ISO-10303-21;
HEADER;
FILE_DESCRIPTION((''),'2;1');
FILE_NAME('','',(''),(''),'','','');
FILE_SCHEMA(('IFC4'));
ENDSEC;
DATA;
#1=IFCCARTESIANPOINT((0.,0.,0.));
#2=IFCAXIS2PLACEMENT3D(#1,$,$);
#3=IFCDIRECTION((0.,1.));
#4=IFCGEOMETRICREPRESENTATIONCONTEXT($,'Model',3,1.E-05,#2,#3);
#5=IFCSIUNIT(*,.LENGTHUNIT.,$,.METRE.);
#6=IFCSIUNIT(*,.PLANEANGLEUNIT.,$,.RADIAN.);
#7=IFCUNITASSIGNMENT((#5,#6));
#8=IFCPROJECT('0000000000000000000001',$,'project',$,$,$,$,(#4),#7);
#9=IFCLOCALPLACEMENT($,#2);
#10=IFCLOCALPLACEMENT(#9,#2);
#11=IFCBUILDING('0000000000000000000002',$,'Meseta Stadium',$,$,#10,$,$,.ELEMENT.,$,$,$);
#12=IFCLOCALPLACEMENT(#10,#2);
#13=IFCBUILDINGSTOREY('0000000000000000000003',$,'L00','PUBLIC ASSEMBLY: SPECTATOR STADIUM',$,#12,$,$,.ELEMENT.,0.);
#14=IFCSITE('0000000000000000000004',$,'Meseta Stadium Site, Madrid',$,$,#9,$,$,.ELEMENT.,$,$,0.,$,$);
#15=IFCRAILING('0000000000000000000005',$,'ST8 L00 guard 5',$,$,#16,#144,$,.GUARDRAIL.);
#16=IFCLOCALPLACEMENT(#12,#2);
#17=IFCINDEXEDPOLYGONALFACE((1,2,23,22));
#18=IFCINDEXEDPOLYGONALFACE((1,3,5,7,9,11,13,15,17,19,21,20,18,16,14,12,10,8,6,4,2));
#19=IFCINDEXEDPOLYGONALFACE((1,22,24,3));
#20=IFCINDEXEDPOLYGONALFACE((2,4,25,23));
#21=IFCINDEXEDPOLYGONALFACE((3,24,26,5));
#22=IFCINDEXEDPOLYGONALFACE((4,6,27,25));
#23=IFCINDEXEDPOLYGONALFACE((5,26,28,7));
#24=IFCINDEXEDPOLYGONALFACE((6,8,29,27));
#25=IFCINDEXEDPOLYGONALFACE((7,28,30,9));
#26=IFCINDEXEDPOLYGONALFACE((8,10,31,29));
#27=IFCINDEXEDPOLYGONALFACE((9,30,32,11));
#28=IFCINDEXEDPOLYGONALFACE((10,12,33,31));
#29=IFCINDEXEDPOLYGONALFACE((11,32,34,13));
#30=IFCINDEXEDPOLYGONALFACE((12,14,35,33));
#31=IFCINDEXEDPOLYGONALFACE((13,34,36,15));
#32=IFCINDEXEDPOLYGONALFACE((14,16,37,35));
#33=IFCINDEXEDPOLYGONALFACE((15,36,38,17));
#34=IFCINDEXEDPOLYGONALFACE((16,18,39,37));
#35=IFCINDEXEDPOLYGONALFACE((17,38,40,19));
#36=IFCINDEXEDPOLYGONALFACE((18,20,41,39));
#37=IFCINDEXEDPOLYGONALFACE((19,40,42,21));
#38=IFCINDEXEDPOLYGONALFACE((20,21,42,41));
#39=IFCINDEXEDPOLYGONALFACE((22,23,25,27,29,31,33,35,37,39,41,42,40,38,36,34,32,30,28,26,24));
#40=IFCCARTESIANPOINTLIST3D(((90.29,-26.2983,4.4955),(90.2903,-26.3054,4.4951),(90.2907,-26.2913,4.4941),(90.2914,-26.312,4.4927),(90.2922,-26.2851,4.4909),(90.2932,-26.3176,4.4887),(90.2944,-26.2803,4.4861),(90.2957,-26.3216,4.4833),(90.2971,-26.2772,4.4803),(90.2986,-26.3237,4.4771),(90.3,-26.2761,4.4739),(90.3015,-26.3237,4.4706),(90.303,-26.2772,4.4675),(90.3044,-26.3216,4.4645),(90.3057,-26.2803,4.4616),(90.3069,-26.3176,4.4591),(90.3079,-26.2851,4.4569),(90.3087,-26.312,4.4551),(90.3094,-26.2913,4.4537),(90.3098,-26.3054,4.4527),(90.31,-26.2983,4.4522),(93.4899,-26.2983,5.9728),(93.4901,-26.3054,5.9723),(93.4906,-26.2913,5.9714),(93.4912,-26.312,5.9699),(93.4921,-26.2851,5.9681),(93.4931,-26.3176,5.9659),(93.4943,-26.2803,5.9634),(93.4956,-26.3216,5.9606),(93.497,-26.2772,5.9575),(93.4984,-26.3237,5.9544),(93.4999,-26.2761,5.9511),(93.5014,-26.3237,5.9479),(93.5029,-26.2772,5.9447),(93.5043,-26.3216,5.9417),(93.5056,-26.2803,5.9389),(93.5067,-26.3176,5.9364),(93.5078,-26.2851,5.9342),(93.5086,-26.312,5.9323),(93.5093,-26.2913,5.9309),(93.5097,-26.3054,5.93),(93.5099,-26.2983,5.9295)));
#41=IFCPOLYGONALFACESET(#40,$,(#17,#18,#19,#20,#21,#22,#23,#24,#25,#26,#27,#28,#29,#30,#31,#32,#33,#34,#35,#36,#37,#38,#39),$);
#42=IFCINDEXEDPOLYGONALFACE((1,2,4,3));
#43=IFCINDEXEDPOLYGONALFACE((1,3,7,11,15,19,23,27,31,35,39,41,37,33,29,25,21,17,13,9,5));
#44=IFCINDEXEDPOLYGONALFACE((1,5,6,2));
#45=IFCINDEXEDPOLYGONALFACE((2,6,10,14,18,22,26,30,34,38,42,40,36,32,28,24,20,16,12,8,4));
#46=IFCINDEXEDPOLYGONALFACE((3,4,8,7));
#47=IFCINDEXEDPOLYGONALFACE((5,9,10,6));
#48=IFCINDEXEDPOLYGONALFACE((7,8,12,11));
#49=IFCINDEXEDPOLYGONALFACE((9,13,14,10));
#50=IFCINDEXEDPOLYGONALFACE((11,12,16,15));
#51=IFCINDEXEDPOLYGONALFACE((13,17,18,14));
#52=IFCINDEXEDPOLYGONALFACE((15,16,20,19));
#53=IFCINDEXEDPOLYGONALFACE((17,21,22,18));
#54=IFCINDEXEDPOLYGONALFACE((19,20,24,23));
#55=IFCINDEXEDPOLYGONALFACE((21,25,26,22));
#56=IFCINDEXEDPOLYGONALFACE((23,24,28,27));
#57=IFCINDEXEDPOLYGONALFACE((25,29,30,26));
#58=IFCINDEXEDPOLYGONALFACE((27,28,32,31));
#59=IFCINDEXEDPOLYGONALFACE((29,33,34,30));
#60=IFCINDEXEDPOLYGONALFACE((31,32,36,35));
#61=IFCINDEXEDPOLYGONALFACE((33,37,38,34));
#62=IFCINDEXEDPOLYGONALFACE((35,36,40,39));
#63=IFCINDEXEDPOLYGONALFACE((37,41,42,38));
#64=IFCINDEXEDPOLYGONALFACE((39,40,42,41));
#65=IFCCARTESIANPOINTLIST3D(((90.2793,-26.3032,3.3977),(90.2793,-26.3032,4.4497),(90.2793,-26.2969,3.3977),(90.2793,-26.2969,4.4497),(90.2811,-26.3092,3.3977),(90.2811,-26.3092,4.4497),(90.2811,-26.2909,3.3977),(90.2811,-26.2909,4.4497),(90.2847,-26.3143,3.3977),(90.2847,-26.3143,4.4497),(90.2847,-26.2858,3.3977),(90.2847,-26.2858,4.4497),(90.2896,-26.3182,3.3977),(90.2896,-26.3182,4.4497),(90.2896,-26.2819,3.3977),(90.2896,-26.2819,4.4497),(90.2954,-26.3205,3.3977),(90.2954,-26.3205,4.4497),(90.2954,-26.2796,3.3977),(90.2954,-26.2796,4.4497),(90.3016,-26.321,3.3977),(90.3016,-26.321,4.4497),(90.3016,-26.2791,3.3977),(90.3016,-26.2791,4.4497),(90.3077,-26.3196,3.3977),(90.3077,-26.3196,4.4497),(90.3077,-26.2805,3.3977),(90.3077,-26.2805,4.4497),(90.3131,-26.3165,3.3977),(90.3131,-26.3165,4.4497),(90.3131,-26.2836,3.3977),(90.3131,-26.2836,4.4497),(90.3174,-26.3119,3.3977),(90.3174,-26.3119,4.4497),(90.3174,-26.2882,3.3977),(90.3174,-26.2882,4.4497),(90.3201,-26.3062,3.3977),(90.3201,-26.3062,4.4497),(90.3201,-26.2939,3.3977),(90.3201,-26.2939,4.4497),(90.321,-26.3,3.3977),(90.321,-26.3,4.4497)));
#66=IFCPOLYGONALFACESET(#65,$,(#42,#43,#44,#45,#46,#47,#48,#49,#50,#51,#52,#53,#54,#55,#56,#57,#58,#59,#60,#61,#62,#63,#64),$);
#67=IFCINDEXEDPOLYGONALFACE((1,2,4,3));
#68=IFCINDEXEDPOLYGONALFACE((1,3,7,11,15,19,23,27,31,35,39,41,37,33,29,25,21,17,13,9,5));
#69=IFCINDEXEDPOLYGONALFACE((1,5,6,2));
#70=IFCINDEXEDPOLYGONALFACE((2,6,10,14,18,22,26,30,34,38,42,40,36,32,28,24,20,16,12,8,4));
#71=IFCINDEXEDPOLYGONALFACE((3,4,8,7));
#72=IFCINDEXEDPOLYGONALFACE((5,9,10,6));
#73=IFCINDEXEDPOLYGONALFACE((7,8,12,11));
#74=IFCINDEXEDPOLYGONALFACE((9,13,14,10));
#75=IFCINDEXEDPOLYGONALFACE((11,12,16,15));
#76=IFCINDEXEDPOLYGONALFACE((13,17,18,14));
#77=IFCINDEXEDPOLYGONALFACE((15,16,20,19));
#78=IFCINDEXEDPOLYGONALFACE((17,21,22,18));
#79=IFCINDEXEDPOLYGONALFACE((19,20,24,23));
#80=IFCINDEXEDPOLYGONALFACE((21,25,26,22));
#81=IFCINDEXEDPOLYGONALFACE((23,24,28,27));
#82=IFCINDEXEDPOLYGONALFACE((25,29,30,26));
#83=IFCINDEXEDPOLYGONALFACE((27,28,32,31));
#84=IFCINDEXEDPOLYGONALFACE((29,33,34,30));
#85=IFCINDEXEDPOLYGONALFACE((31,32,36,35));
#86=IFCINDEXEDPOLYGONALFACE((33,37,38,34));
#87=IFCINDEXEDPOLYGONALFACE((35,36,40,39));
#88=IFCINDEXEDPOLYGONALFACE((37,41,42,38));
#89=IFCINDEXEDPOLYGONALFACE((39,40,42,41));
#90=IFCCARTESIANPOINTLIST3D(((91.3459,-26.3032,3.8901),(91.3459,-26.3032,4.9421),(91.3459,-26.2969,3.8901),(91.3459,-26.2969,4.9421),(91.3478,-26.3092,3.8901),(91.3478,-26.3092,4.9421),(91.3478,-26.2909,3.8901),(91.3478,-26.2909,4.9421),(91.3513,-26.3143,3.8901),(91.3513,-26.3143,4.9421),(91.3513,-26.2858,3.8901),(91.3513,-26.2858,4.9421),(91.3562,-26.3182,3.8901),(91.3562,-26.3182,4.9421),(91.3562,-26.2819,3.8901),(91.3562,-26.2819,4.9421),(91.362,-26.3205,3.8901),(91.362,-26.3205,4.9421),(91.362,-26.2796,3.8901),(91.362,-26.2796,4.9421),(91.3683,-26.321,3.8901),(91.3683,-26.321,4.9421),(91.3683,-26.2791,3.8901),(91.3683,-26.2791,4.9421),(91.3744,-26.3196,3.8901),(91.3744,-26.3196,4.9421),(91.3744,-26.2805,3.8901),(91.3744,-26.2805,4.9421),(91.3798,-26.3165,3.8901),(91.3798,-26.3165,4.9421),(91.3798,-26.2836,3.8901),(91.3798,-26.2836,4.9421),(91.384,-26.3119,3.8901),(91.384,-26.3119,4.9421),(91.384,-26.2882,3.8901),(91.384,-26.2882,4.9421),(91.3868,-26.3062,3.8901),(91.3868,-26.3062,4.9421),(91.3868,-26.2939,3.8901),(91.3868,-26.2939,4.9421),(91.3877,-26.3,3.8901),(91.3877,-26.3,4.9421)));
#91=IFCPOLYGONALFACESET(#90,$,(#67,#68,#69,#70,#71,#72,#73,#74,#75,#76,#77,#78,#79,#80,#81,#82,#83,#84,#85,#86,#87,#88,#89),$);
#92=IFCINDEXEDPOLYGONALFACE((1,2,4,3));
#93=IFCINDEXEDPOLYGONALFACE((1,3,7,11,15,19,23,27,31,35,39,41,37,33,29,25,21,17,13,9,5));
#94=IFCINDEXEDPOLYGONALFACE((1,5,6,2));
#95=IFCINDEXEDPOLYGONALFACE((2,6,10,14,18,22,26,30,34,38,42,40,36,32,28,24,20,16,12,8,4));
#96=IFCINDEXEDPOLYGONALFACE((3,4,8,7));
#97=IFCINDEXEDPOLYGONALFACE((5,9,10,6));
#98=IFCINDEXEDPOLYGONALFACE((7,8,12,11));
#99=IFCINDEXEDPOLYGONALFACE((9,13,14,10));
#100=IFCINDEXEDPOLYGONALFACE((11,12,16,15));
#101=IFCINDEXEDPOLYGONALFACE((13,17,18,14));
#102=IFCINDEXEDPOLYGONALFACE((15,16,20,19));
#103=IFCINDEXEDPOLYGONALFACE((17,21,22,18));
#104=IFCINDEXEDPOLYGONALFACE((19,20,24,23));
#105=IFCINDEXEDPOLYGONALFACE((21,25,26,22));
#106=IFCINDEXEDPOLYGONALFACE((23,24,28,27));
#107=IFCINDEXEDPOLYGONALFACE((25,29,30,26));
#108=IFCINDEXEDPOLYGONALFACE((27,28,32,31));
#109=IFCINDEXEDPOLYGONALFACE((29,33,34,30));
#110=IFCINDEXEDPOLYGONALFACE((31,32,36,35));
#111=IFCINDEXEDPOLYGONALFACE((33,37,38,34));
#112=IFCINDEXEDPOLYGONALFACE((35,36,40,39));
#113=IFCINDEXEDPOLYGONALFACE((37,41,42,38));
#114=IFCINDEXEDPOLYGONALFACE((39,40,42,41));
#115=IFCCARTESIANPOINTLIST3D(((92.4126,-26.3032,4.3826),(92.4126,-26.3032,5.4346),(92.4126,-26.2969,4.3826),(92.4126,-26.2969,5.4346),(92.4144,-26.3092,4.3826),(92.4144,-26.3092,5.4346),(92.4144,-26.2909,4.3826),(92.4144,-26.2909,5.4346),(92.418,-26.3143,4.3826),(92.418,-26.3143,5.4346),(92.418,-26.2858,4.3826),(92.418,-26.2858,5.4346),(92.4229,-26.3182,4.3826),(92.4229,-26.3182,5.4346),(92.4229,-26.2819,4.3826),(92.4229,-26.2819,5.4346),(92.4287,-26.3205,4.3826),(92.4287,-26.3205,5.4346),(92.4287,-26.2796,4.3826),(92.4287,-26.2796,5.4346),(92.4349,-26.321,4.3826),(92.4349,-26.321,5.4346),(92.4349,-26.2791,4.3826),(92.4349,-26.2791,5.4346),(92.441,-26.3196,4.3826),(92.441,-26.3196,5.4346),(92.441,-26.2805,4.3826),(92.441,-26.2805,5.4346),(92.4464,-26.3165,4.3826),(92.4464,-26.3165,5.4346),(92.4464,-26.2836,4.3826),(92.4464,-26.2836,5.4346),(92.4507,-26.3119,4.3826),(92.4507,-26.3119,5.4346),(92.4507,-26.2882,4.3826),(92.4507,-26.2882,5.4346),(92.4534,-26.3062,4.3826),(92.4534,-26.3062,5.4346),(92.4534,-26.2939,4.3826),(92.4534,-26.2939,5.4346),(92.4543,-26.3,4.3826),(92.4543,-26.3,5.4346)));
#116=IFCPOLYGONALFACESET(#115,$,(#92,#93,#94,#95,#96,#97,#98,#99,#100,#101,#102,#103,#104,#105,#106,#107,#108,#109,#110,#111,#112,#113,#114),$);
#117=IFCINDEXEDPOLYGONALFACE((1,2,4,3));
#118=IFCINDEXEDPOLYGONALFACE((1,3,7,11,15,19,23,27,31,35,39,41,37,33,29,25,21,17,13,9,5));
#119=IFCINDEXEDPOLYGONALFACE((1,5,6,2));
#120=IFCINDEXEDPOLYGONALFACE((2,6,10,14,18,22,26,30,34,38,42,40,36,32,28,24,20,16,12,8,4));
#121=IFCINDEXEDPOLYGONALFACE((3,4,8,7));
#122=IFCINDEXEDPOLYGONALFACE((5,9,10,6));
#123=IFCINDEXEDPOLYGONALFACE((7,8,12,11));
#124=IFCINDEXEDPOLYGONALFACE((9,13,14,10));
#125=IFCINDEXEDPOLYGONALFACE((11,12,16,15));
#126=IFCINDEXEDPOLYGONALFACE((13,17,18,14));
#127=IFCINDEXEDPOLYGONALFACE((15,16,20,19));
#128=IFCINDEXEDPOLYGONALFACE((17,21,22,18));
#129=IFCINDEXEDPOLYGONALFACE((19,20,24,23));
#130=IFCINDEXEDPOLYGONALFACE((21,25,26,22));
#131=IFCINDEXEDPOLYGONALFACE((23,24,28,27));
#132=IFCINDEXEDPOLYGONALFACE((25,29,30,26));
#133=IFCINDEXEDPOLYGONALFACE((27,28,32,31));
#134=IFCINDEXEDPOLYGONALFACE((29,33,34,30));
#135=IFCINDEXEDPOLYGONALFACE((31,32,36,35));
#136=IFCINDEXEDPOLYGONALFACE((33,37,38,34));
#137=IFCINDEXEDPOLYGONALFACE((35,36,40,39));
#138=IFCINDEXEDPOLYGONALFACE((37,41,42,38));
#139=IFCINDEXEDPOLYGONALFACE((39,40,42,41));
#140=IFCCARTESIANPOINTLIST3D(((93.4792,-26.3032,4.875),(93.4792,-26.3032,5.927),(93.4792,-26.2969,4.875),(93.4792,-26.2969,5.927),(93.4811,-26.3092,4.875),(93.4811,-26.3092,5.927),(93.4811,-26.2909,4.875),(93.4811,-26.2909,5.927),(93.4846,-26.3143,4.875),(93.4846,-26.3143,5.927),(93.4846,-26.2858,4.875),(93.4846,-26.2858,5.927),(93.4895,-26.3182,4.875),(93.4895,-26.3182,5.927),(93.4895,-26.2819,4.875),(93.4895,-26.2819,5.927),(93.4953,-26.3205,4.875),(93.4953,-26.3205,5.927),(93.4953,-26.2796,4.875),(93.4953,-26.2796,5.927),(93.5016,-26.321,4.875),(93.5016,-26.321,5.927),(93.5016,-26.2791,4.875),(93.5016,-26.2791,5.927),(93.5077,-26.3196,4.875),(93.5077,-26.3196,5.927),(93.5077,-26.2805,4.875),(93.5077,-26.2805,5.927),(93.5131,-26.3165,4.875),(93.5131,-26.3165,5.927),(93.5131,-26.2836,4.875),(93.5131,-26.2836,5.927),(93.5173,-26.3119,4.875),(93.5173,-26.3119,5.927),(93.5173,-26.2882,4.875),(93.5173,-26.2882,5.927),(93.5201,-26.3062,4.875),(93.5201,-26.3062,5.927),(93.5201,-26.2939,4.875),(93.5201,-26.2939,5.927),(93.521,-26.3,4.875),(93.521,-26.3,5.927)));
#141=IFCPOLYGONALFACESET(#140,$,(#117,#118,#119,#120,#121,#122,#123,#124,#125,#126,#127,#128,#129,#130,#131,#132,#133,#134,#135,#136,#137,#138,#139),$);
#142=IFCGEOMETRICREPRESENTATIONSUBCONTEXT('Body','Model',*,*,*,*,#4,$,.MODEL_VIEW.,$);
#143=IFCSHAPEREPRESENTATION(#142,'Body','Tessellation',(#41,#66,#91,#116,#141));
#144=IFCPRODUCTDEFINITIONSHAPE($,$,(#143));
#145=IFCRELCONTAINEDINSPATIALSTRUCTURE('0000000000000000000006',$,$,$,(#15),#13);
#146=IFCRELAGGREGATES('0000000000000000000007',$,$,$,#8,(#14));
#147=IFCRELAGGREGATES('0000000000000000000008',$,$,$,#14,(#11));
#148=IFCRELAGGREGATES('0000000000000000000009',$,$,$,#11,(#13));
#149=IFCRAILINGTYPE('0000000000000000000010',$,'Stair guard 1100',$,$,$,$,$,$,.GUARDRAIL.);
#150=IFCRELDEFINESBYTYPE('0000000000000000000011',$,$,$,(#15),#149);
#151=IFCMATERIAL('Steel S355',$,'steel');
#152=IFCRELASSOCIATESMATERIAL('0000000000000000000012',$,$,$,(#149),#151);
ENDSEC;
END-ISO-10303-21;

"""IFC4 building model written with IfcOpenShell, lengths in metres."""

from ifc_helpers import new_model, si_unit, direction, frame, origin, origin_2d, place, context, subcontext, project, spatial, circle, extrude, material, type_object, element, save


model = new_model("IFC4")

# Units and contexts
model_context = context("Model", 3, precision=1e-05, world=origin(), true_north=direction((0.0, 1.0)))
body_context = subcontext(model_context, "Body", "Model", "MODEL_VIEW")
ifc_project = project(units=[si_unit("LENGTHUNIT", "METRE"), si_unit("PLANEANGLEUNIT", "RADIAN")], contexts=[model_context])

# Site, building, storey
site_placement = place(None, origin())
site = spatial("IfcSite", under=ifc_project, at=site_placement, Name="Meseta Stadium Site, Madrid", CompositionType="ELEMENT", RefElevation=0.0)
building_placement = place(site_placement, origin())
building = spatial("IfcBuilding", under=site, at=building_placement, Name="Meseta Stadium", CompositionType="ELEMENT")
storey_placement = place(building_placement, origin())
storey = spatial("IfcBuildingStorey", under=building, at=storey_placement, Name="L00", Description="PUBLIC ASSEMBLY: SPECTATOR STADIUM", CompositionType="ELEMENT", Elevation=0.0)

# Railing
ifc_material_1 = material(Name="Steel S355", Category="steel")
railing_type_1 = type_object("IfcRailingType", Name="Stair guard 1100", PredefinedType="GUARDRAIL", material=ifc_material_1)
railing_1_placement = place(storey_placement, frame((90.3, -26.3, 3.3977)))
element("IfcRailing", 1, at=railing_1_placement, inside=storey, type_object=railing_type_1, Name="ST8 L00 guard 5", PredefinedType="GUARDRAIL", context=body_context, shape_type="SweptSolid", body=[
    extrude(circle(Radius=0.0239, at=origin_2d()), frame((0.0, 0.0, 1.0762), z_axis=(0.907917, 0.0, 0.41915), x_axis=(0.0, 1.0, 0.0)), (0.0, 0.0, 1.0), 3.5244),
    extrude(circle(Radius=0.021, at=origin_2d()), origin(), (0.0, 0.0, 1.0), 1.052),
    extrude(circle(Radius=0.021, at=origin_2d()), frame((1.0667, 0.0, 0.4924)), (0.0, 0.0, 1.0), 1.052),
    extrude(circle(Radius=0.021, at=origin_2d()), frame((2.1333, 0.0, 0.9849)), (0.0, 0.0, 1.0), 1.052),
    extrude(circle(Radius=0.021, at=origin_2d()), frame((3.2, 0.0, 1.4773)), (0.0, 0.0, 1.0), 1.052),
])

save(model, "model.ifc")
